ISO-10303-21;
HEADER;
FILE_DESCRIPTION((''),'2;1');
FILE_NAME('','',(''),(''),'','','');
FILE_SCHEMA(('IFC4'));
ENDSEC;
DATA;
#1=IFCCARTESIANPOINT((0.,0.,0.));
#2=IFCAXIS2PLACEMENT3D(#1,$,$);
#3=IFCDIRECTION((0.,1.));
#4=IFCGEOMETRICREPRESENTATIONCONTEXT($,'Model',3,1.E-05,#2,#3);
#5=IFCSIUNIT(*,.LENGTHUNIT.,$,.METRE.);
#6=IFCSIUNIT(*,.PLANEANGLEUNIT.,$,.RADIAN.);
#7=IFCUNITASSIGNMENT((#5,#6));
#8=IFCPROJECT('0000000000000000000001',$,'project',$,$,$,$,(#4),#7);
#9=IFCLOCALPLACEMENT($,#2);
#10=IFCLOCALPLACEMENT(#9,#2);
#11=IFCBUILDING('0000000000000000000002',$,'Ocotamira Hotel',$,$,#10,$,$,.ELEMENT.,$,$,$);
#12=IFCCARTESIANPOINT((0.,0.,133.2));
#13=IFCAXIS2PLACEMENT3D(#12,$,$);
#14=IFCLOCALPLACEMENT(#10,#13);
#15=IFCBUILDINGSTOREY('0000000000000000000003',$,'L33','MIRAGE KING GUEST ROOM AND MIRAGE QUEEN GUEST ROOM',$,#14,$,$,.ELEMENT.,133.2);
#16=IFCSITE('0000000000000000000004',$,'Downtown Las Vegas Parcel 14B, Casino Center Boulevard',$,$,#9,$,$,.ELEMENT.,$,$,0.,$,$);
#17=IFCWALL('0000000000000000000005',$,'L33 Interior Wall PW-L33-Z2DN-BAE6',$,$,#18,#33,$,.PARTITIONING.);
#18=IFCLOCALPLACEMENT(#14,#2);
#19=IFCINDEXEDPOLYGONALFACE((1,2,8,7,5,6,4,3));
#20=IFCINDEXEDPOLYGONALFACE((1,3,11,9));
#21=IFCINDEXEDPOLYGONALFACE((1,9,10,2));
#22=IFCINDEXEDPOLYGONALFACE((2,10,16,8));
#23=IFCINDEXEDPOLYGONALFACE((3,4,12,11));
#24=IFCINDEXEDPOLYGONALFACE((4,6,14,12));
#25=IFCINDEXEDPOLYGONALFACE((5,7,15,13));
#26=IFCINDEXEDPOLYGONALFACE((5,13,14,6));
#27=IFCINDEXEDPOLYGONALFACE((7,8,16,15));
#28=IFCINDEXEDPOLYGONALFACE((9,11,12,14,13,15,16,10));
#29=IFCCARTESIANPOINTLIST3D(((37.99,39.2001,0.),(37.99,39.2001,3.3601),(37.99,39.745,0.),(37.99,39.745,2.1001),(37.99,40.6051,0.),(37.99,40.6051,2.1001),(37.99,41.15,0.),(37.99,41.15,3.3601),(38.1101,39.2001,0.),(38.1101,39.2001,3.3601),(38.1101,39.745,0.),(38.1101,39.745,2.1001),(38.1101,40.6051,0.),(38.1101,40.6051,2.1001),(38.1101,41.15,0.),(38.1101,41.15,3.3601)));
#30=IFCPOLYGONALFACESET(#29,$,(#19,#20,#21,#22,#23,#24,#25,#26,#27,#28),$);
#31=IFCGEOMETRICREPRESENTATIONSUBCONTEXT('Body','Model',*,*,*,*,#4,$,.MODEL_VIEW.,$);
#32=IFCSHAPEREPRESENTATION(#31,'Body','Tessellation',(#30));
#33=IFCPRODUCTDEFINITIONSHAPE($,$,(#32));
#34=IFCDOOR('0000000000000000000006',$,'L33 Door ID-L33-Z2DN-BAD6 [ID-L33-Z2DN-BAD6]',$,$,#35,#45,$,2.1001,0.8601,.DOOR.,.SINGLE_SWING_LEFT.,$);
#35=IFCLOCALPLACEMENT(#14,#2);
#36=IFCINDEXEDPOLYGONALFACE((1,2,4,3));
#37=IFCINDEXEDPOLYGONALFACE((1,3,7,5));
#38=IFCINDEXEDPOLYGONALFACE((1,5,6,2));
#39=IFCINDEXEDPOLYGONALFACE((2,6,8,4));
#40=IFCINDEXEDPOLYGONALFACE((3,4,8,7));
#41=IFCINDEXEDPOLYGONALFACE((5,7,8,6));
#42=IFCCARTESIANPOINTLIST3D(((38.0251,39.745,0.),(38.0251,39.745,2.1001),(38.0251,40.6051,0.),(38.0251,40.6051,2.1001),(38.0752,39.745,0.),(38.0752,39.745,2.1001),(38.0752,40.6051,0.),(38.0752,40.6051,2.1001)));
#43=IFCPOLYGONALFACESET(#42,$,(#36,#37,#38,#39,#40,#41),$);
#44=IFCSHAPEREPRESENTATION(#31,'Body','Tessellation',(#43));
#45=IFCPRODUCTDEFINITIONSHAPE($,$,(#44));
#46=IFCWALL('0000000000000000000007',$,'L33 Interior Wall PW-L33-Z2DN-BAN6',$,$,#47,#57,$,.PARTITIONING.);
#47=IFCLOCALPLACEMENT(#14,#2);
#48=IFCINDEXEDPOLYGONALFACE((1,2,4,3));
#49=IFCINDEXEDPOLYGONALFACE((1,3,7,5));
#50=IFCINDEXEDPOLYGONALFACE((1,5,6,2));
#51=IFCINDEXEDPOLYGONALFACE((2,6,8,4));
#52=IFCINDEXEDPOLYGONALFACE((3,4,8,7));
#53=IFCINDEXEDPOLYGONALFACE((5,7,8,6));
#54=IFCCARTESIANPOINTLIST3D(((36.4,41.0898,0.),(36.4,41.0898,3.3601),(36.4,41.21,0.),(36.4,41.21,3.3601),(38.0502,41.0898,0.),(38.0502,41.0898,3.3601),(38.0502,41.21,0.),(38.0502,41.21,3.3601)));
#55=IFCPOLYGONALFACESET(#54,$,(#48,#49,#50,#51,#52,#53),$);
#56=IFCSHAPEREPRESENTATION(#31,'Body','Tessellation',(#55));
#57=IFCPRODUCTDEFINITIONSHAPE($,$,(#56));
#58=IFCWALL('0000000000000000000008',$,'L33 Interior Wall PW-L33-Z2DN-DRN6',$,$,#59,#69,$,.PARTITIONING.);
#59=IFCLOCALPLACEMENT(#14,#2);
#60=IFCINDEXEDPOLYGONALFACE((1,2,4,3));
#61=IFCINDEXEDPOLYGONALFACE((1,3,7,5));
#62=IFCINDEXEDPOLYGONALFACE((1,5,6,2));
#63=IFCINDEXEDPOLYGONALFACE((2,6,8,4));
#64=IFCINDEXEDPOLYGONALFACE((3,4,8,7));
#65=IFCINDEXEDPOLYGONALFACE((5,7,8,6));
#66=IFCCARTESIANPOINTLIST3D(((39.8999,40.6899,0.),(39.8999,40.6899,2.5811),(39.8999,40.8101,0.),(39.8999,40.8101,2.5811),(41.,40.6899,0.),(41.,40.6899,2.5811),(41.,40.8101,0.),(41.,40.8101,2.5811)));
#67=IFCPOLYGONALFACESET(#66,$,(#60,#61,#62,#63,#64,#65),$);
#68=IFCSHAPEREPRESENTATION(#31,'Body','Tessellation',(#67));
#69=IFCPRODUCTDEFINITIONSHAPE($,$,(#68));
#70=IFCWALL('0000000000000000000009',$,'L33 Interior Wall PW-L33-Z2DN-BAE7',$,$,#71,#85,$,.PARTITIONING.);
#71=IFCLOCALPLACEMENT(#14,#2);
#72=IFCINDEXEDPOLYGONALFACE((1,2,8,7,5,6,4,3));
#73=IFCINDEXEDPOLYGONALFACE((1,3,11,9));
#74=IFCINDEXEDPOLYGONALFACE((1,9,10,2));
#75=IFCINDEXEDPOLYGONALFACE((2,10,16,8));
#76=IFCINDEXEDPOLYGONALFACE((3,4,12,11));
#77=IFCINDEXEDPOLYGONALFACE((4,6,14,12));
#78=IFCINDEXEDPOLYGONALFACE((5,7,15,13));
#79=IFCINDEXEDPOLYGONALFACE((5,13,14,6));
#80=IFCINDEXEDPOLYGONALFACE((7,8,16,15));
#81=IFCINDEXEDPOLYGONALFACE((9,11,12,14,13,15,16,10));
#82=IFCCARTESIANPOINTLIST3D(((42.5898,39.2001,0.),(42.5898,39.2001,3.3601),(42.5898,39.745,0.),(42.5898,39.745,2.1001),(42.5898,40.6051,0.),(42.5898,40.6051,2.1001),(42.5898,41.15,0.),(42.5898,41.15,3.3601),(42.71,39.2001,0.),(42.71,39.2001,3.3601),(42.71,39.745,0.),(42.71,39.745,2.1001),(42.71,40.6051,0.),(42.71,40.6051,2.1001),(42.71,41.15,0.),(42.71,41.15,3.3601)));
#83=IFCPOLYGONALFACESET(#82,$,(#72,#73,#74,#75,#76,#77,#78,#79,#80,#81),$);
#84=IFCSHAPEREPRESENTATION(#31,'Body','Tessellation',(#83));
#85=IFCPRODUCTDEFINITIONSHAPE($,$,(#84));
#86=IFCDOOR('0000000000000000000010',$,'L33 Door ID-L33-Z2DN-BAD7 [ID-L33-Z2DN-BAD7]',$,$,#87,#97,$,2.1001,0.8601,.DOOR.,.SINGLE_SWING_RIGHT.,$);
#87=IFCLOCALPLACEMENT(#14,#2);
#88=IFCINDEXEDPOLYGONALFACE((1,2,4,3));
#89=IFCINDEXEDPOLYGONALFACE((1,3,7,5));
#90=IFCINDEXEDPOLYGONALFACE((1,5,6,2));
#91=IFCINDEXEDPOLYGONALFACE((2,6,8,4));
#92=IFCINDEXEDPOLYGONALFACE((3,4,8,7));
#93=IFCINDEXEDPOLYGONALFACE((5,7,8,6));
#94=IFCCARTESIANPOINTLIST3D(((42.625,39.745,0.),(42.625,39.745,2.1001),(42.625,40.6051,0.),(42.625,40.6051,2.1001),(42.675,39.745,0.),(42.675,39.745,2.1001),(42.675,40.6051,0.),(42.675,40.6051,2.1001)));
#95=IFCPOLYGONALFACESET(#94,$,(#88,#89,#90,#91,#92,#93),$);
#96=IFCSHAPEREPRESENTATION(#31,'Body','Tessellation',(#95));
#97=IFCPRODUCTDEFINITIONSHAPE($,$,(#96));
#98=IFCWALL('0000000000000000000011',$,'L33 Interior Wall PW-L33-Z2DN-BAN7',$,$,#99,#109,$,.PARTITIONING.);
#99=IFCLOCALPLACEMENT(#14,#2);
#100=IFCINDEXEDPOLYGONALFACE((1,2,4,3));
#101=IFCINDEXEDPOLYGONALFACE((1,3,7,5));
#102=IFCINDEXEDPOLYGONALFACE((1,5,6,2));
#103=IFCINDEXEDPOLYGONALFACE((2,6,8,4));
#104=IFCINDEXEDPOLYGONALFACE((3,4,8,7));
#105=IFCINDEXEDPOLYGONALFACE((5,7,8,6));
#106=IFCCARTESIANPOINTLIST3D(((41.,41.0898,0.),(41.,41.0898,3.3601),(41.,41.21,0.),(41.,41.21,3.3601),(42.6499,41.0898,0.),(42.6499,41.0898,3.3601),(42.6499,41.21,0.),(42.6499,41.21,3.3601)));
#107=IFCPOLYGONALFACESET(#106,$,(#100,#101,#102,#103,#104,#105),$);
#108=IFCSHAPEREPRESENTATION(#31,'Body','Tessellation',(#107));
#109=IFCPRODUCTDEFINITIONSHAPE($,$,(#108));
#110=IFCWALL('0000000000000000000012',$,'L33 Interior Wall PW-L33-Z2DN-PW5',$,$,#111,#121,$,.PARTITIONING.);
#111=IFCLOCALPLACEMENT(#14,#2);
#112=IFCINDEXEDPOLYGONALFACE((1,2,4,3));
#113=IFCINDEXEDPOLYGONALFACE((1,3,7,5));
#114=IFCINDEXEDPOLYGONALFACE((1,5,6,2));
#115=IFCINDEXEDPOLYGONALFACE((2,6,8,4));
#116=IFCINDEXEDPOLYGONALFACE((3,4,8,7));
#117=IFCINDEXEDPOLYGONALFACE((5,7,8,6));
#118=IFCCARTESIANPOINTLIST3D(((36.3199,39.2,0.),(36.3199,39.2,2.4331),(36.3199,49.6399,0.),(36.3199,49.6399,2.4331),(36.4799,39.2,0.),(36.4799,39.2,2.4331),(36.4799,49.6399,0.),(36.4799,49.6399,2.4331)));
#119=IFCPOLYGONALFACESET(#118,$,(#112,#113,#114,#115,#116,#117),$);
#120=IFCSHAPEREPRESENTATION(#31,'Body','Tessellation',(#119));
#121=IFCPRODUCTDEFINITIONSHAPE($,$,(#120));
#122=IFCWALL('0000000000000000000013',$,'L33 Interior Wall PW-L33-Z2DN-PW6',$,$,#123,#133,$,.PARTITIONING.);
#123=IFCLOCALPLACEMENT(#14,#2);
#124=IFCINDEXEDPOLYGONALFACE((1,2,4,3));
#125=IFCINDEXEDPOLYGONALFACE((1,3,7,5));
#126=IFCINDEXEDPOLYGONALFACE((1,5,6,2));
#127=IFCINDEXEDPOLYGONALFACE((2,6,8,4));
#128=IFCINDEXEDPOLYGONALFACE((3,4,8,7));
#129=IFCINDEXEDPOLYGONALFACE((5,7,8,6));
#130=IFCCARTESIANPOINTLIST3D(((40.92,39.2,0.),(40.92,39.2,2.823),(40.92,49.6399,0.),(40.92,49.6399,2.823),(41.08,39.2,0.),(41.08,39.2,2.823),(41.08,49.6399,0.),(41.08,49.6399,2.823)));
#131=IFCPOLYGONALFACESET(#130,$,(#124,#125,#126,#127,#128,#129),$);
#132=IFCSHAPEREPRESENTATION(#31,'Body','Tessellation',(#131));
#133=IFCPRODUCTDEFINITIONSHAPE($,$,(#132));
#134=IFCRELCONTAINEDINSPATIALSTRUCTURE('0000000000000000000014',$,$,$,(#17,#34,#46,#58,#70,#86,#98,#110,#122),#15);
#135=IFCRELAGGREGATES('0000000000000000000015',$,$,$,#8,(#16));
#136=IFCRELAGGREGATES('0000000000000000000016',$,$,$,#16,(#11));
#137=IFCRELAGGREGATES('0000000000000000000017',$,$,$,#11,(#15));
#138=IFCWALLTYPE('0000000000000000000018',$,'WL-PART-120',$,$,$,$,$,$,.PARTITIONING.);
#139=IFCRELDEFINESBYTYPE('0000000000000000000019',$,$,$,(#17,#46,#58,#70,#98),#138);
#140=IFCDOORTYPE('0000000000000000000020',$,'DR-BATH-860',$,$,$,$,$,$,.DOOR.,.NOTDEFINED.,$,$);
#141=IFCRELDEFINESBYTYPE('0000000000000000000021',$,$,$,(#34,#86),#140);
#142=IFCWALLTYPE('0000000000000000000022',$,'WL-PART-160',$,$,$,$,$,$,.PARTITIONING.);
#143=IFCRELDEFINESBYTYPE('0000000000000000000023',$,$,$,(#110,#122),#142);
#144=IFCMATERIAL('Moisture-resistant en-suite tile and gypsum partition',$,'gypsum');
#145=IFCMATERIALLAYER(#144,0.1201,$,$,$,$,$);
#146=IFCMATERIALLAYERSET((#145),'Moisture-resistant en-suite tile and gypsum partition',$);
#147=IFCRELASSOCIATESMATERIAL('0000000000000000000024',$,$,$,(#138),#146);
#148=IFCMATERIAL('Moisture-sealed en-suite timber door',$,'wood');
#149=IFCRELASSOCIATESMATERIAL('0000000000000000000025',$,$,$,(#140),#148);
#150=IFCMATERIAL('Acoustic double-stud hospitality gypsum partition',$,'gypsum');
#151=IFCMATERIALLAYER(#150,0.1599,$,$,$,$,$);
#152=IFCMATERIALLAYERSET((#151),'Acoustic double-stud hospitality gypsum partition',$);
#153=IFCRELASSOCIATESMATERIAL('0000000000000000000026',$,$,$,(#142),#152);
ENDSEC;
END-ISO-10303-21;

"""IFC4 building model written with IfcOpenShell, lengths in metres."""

from ifc_helpers import new_model, si_unit, direction, frame, frame_2d, origin, place, context, subcontext, project, spatial, rectangle, extrude, source, transform, mapped, material, layer, layer_set, type_object, element, fill, save


model = new_model("IFC4")

# Units and contexts
model_context = context("Model", 3, precision=1e-05, world=origin(), true_north=direction((0.0, 1.0)))
body_context = subcontext(model_context, "Body", "Model", "MODEL_VIEW")
ifc_project = project(units=[si_unit("LENGTHUNIT", "METRE"), si_unit("PLANEANGLEUNIT", "RADIAN")], contexts=[model_context])

# Site, building, storey
site_placement = place(None, origin())
site = spatial("IfcSite", under=ifc_project, at=site_placement, Name="Downtown Las Vegas Parcel 14B, Casino Center Boulevard", CompositionType="ELEMENT", RefElevation=0.0)
building_placement = place(site_placement, origin())
building = spatial("IfcBuilding", under=site, at=building_placement, Name="Ocotamira Hotel", CompositionType="ELEMENT")
storey_placement = place(building_placement, frame((0.0, 0.0, 133.2)))
storey = spatial("IfcBuildingStorey", under=building, at=storey_placement, Name="L33", Description="MIRAGE KING GUEST ROOM AND MIRAGE QUEEN GUEST ROOM", CompositionType="ELEMENT", Elevation=133.2)

# Shared definitions
ifc_material_1 = material(Name="Moisture-resistant en-suite tile and gypsum partition", Category="gypsum")
ifc_layer_1 = layer(ifc_material_1, 0.1201)
ifc_layer_set_1 = layer_set([ifc_layer_1], Name="Moisture-resistant en-suite tile and gypsum partition")
wall_type_1 = type_object("IfcWallType", Name="WL-PART-120", PredefinedType="PARTITIONING", material=ifc_layer_set_1)

# Wall, opening, door
wall_1_placement = place(storey_placement, frame((38.05, 39.2, 0.0), z_axis=(0.0, 0.0, 1.0), x_axis=(0.0, 1.0, 0.0)))
wall_1 = element("IfcWall", 1, at=wall_1_placement, inside=storey, type_object=wall_type_1, Name="L33 Interior Wall PW-L33-Z2DN-BAE6", PredefinedType="PARTITIONING", context=body_context, shape_type="SweptSolid", body=[
    extrude(rectangle(XDim=1.95, YDim=0.1201, at=frame_2d((0.9751, 0.0))), origin(), (0.0, 0.0, 1.0), 3.3601),
])
opening_1_placement = place(wall_1_placement, frame((0.5449, 0.0, 0.0)))
opening_1 = element("IfcOpeningElement", 2, at=opening_1_placement, cuts=wall_1, PredefinedType="OPENING", context=body_context, shape_type="SweptSolid", body=[
    extrude(rectangle(XDim=0.8601, YDim=2.1001, at=frame_2d((0.4302, 1.05))), frame((0.0, 0.0701, 0.0), z_axis=(0.0, -1.0, 0.0), x_axis=(1.0, 0.0, 0.0)), (0.0, 0.0, 1.0), 0.1401),
])
ifc_material_2 = material(Name="Moisture-sealed en-suite timber door", Category="wood")
door_type = type_object("IfcDoorType", Name="DR-BATH-860", OperationType="NOTDEFINED", PredefinedType="DOOR", material=ifc_material_2)
shared_shape_1 = source(origin(), body_context, "Body", "SweptSolid", [
    extrude(rectangle(XDim=0.8601, YDim=2.1001, at=frame_2d((0.4302, 1.05))), frame((0.0, 0.0249, 0.0), z_axis=(0.0, -1.0, 0.0), x_axis=(1.0, 0.0, 0.0)), (0.0, 0.0, 1.0), 0.05),
])
door_1_placement = place(opening_1_placement, origin())
door_1 = element("IfcDoor", 3, at=door_1_placement, inside=storey, type_object=door_type, Name="L33 Door ID-L33-Z2DN-BAD6 [ID-L33-Z2DN-BAD6]", OperationType="SINGLE_SWING_LEFT", OverallHeight=2.1001, OverallWidth=0.8601, PredefinedType="DOOR", context=body_context, shape_type="MappedRepresentation", body=[
    mapped(shared_shape_1, transform((0.0, 0.0, 0.0), scale=1.0)),
])
fill(opening_1, door_1)

# Walls
wall_2_placement = place(storey_placement, frame((36.3999, 41.1499, 0.0), z_axis=(0.0, 0.0, 1.0), x_axis=(1.0, 0.0, 0.0)))
element("IfcWall", 4, at=wall_2_placement, inside=storey, type_object=wall_type_1, Name="L33 Interior Wall PW-L33-Z2DN-BAN6", PredefinedType="PARTITIONING", context=body_context, shape_type="SweptSolid", body=[
    extrude(rectangle(XDim=1.6501, YDim=0.1201, at=frame_2d((0.8252, 0.0))), origin(), (0.0, 0.0, 1.0), 3.3601),
])
wall_3_placement = place(storey_placement, frame((39.8999, 40.75, 0.0), z_axis=(0.0, 0.0, 1.0), x_axis=(1.0, 0.0, 0.0)))
element("IfcWall", 5, at=wall_3_placement, inside=storey, type_object=wall_type_1, Name="L33 Interior Wall PW-L33-Z2DN-DRN6", PredefinedType="PARTITIONING", context=body_context, shape_type="SweptSolid", body=[
    extrude(rectangle(XDim=1.1001, YDim=0.1201, at=frame_2d((0.55, 0.0))), origin(), (0.0, 0.0, 1.0), 2.5811),
])

# Wall, opening, door
wall_4_placement = place(storey_placement, frame((42.6499, 39.2, 0.0), z_axis=(0.0, 0.0, 1.0), x_axis=(0.0, 1.0, 0.0)))
wall_4 = element("IfcWall", 6, at=wall_4_placement, inside=storey, type_object=wall_type_1, Name="L33 Interior Wall PW-L33-Z2DN-BAE7", PredefinedType="PARTITIONING", context=body_context, shape_type="SweptSolid", body=[
    extrude(rectangle(XDim=1.95, YDim=0.1201, at=frame_2d((0.9751, 0.0))), origin(), (0.0, 0.0, 1.0), 3.3601),
])
opening_2_placement = place(wall_4_placement, frame((0.5449, 0.0, 0.0)))
opening_2 = element("IfcOpeningElement", 7, at=opening_2_placement, cuts=wall_4, PredefinedType="OPENING", context=body_context, shape_type="SweptSolid", body=[
    extrude(rectangle(XDim=0.8601, YDim=2.1001, at=frame_2d((0.4302, 1.05))), frame((0.0, 0.0701, 0.0), z_axis=(0.0, -1.0, 0.0), x_axis=(1.0, 0.0, 0.0)), (0.0, 0.0, 1.0), 0.1401),
])
door_2_placement = place(opening_2_placement, origin())
door_2 = element("IfcDoor", 8, at=door_2_placement, inside=storey, type_object=door_type, Name="L33 Door ID-L33-Z2DN-BAD7 [ID-L33-Z2DN-BAD7]", OperationType="SINGLE_SWING_RIGHT", OverallHeight=2.1001, OverallWidth=0.8601, PredefinedType="DOOR", context=body_context, shape_type="MappedRepresentation", body=[
    mapped(shared_shape_1, transform((0.0, 0.0, 0.0), scale=1.0)),
])
fill(opening_2, door_2)

# Walls
wall_5_placement = place(storey_placement, frame((41.0, 41.1499, 0.0), z_axis=(0.0, 0.0, 1.0), x_axis=(1.0, 0.0, 0.0)))
element("IfcWall", 9, at=wall_5_placement, inside=storey, type_object=wall_type_1, Name="L33 Interior Wall PW-L33-Z2DN-BAN7", PredefinedType="PARTITIONING", context=body_context, shape_type="SweptSolid", body=[
    extrude(rectangle(XDim=1.6499, YDim=0.1201, at=frame_2d((0.825, 0.0))), origin(), (0.0, 0.0, 1.0), 3.3601),
])
ifc_material_3 = material(Name="Acoustic double-stud hospitality gypsum partition", Category="gypsum")
ifc_layer_2 = layer(ifc_material_3, 0.1599)
ifc_layer_set_2 = layer_set([ifc_layer_2], Name="Acoustic double-stud hospitality gypsum partition")
wall_type_2 = type_object("IfcWallType", Name="WL-PART-160", PredefinedType="PARTITIONING", material=ifc_layer_set_2)
wall_6_placement = place(storey_placement, frame((36.3999, 39.2, 0.0), z_axis=(0.0, 0.0, 1.0), x_axis=(0.0, 1.0, 0.0)))
element("IfcWall", 10, at=wall_6_placement, inside=storey, type_object=wall_type_2, Name="L33 Interior Wall PW-L33-Z2DN-PW5", PredefinedType="PARTITIONING", context=body_context, shape_type="SweptSolid", body=[
    extrude(rectangle(XDim=10.4399, YDim=0.1599, at=frame_2d((5.22, 0.0))), origin(), (0.0, 0.0, 1.0), 2.4331),
])
wall_7_placement = place(storey_placement, frame((41.0, 39.2, 0.0), z_axis=(0.0, 0.0, 1.0), x_axis=(0.0, 1.0, 0.0)))
element("IfcWall", 11, at=wall_7_placement, inside=storey, type_object=wall_type_2, Name="L33 Interior Wall PW-L33-Z2DN-PW6", PredefinedType="PARTITIONING", context=body_context, shape_type="SweptSolid", body=[
    extrude(rectangle(XDim=10.4399, YDim=0.1599, at=frame_2d((5.22, 0.0))), origin(), (0.0, 0.0, 1.0), 2.823),
])

save(model, "model.ifc")
